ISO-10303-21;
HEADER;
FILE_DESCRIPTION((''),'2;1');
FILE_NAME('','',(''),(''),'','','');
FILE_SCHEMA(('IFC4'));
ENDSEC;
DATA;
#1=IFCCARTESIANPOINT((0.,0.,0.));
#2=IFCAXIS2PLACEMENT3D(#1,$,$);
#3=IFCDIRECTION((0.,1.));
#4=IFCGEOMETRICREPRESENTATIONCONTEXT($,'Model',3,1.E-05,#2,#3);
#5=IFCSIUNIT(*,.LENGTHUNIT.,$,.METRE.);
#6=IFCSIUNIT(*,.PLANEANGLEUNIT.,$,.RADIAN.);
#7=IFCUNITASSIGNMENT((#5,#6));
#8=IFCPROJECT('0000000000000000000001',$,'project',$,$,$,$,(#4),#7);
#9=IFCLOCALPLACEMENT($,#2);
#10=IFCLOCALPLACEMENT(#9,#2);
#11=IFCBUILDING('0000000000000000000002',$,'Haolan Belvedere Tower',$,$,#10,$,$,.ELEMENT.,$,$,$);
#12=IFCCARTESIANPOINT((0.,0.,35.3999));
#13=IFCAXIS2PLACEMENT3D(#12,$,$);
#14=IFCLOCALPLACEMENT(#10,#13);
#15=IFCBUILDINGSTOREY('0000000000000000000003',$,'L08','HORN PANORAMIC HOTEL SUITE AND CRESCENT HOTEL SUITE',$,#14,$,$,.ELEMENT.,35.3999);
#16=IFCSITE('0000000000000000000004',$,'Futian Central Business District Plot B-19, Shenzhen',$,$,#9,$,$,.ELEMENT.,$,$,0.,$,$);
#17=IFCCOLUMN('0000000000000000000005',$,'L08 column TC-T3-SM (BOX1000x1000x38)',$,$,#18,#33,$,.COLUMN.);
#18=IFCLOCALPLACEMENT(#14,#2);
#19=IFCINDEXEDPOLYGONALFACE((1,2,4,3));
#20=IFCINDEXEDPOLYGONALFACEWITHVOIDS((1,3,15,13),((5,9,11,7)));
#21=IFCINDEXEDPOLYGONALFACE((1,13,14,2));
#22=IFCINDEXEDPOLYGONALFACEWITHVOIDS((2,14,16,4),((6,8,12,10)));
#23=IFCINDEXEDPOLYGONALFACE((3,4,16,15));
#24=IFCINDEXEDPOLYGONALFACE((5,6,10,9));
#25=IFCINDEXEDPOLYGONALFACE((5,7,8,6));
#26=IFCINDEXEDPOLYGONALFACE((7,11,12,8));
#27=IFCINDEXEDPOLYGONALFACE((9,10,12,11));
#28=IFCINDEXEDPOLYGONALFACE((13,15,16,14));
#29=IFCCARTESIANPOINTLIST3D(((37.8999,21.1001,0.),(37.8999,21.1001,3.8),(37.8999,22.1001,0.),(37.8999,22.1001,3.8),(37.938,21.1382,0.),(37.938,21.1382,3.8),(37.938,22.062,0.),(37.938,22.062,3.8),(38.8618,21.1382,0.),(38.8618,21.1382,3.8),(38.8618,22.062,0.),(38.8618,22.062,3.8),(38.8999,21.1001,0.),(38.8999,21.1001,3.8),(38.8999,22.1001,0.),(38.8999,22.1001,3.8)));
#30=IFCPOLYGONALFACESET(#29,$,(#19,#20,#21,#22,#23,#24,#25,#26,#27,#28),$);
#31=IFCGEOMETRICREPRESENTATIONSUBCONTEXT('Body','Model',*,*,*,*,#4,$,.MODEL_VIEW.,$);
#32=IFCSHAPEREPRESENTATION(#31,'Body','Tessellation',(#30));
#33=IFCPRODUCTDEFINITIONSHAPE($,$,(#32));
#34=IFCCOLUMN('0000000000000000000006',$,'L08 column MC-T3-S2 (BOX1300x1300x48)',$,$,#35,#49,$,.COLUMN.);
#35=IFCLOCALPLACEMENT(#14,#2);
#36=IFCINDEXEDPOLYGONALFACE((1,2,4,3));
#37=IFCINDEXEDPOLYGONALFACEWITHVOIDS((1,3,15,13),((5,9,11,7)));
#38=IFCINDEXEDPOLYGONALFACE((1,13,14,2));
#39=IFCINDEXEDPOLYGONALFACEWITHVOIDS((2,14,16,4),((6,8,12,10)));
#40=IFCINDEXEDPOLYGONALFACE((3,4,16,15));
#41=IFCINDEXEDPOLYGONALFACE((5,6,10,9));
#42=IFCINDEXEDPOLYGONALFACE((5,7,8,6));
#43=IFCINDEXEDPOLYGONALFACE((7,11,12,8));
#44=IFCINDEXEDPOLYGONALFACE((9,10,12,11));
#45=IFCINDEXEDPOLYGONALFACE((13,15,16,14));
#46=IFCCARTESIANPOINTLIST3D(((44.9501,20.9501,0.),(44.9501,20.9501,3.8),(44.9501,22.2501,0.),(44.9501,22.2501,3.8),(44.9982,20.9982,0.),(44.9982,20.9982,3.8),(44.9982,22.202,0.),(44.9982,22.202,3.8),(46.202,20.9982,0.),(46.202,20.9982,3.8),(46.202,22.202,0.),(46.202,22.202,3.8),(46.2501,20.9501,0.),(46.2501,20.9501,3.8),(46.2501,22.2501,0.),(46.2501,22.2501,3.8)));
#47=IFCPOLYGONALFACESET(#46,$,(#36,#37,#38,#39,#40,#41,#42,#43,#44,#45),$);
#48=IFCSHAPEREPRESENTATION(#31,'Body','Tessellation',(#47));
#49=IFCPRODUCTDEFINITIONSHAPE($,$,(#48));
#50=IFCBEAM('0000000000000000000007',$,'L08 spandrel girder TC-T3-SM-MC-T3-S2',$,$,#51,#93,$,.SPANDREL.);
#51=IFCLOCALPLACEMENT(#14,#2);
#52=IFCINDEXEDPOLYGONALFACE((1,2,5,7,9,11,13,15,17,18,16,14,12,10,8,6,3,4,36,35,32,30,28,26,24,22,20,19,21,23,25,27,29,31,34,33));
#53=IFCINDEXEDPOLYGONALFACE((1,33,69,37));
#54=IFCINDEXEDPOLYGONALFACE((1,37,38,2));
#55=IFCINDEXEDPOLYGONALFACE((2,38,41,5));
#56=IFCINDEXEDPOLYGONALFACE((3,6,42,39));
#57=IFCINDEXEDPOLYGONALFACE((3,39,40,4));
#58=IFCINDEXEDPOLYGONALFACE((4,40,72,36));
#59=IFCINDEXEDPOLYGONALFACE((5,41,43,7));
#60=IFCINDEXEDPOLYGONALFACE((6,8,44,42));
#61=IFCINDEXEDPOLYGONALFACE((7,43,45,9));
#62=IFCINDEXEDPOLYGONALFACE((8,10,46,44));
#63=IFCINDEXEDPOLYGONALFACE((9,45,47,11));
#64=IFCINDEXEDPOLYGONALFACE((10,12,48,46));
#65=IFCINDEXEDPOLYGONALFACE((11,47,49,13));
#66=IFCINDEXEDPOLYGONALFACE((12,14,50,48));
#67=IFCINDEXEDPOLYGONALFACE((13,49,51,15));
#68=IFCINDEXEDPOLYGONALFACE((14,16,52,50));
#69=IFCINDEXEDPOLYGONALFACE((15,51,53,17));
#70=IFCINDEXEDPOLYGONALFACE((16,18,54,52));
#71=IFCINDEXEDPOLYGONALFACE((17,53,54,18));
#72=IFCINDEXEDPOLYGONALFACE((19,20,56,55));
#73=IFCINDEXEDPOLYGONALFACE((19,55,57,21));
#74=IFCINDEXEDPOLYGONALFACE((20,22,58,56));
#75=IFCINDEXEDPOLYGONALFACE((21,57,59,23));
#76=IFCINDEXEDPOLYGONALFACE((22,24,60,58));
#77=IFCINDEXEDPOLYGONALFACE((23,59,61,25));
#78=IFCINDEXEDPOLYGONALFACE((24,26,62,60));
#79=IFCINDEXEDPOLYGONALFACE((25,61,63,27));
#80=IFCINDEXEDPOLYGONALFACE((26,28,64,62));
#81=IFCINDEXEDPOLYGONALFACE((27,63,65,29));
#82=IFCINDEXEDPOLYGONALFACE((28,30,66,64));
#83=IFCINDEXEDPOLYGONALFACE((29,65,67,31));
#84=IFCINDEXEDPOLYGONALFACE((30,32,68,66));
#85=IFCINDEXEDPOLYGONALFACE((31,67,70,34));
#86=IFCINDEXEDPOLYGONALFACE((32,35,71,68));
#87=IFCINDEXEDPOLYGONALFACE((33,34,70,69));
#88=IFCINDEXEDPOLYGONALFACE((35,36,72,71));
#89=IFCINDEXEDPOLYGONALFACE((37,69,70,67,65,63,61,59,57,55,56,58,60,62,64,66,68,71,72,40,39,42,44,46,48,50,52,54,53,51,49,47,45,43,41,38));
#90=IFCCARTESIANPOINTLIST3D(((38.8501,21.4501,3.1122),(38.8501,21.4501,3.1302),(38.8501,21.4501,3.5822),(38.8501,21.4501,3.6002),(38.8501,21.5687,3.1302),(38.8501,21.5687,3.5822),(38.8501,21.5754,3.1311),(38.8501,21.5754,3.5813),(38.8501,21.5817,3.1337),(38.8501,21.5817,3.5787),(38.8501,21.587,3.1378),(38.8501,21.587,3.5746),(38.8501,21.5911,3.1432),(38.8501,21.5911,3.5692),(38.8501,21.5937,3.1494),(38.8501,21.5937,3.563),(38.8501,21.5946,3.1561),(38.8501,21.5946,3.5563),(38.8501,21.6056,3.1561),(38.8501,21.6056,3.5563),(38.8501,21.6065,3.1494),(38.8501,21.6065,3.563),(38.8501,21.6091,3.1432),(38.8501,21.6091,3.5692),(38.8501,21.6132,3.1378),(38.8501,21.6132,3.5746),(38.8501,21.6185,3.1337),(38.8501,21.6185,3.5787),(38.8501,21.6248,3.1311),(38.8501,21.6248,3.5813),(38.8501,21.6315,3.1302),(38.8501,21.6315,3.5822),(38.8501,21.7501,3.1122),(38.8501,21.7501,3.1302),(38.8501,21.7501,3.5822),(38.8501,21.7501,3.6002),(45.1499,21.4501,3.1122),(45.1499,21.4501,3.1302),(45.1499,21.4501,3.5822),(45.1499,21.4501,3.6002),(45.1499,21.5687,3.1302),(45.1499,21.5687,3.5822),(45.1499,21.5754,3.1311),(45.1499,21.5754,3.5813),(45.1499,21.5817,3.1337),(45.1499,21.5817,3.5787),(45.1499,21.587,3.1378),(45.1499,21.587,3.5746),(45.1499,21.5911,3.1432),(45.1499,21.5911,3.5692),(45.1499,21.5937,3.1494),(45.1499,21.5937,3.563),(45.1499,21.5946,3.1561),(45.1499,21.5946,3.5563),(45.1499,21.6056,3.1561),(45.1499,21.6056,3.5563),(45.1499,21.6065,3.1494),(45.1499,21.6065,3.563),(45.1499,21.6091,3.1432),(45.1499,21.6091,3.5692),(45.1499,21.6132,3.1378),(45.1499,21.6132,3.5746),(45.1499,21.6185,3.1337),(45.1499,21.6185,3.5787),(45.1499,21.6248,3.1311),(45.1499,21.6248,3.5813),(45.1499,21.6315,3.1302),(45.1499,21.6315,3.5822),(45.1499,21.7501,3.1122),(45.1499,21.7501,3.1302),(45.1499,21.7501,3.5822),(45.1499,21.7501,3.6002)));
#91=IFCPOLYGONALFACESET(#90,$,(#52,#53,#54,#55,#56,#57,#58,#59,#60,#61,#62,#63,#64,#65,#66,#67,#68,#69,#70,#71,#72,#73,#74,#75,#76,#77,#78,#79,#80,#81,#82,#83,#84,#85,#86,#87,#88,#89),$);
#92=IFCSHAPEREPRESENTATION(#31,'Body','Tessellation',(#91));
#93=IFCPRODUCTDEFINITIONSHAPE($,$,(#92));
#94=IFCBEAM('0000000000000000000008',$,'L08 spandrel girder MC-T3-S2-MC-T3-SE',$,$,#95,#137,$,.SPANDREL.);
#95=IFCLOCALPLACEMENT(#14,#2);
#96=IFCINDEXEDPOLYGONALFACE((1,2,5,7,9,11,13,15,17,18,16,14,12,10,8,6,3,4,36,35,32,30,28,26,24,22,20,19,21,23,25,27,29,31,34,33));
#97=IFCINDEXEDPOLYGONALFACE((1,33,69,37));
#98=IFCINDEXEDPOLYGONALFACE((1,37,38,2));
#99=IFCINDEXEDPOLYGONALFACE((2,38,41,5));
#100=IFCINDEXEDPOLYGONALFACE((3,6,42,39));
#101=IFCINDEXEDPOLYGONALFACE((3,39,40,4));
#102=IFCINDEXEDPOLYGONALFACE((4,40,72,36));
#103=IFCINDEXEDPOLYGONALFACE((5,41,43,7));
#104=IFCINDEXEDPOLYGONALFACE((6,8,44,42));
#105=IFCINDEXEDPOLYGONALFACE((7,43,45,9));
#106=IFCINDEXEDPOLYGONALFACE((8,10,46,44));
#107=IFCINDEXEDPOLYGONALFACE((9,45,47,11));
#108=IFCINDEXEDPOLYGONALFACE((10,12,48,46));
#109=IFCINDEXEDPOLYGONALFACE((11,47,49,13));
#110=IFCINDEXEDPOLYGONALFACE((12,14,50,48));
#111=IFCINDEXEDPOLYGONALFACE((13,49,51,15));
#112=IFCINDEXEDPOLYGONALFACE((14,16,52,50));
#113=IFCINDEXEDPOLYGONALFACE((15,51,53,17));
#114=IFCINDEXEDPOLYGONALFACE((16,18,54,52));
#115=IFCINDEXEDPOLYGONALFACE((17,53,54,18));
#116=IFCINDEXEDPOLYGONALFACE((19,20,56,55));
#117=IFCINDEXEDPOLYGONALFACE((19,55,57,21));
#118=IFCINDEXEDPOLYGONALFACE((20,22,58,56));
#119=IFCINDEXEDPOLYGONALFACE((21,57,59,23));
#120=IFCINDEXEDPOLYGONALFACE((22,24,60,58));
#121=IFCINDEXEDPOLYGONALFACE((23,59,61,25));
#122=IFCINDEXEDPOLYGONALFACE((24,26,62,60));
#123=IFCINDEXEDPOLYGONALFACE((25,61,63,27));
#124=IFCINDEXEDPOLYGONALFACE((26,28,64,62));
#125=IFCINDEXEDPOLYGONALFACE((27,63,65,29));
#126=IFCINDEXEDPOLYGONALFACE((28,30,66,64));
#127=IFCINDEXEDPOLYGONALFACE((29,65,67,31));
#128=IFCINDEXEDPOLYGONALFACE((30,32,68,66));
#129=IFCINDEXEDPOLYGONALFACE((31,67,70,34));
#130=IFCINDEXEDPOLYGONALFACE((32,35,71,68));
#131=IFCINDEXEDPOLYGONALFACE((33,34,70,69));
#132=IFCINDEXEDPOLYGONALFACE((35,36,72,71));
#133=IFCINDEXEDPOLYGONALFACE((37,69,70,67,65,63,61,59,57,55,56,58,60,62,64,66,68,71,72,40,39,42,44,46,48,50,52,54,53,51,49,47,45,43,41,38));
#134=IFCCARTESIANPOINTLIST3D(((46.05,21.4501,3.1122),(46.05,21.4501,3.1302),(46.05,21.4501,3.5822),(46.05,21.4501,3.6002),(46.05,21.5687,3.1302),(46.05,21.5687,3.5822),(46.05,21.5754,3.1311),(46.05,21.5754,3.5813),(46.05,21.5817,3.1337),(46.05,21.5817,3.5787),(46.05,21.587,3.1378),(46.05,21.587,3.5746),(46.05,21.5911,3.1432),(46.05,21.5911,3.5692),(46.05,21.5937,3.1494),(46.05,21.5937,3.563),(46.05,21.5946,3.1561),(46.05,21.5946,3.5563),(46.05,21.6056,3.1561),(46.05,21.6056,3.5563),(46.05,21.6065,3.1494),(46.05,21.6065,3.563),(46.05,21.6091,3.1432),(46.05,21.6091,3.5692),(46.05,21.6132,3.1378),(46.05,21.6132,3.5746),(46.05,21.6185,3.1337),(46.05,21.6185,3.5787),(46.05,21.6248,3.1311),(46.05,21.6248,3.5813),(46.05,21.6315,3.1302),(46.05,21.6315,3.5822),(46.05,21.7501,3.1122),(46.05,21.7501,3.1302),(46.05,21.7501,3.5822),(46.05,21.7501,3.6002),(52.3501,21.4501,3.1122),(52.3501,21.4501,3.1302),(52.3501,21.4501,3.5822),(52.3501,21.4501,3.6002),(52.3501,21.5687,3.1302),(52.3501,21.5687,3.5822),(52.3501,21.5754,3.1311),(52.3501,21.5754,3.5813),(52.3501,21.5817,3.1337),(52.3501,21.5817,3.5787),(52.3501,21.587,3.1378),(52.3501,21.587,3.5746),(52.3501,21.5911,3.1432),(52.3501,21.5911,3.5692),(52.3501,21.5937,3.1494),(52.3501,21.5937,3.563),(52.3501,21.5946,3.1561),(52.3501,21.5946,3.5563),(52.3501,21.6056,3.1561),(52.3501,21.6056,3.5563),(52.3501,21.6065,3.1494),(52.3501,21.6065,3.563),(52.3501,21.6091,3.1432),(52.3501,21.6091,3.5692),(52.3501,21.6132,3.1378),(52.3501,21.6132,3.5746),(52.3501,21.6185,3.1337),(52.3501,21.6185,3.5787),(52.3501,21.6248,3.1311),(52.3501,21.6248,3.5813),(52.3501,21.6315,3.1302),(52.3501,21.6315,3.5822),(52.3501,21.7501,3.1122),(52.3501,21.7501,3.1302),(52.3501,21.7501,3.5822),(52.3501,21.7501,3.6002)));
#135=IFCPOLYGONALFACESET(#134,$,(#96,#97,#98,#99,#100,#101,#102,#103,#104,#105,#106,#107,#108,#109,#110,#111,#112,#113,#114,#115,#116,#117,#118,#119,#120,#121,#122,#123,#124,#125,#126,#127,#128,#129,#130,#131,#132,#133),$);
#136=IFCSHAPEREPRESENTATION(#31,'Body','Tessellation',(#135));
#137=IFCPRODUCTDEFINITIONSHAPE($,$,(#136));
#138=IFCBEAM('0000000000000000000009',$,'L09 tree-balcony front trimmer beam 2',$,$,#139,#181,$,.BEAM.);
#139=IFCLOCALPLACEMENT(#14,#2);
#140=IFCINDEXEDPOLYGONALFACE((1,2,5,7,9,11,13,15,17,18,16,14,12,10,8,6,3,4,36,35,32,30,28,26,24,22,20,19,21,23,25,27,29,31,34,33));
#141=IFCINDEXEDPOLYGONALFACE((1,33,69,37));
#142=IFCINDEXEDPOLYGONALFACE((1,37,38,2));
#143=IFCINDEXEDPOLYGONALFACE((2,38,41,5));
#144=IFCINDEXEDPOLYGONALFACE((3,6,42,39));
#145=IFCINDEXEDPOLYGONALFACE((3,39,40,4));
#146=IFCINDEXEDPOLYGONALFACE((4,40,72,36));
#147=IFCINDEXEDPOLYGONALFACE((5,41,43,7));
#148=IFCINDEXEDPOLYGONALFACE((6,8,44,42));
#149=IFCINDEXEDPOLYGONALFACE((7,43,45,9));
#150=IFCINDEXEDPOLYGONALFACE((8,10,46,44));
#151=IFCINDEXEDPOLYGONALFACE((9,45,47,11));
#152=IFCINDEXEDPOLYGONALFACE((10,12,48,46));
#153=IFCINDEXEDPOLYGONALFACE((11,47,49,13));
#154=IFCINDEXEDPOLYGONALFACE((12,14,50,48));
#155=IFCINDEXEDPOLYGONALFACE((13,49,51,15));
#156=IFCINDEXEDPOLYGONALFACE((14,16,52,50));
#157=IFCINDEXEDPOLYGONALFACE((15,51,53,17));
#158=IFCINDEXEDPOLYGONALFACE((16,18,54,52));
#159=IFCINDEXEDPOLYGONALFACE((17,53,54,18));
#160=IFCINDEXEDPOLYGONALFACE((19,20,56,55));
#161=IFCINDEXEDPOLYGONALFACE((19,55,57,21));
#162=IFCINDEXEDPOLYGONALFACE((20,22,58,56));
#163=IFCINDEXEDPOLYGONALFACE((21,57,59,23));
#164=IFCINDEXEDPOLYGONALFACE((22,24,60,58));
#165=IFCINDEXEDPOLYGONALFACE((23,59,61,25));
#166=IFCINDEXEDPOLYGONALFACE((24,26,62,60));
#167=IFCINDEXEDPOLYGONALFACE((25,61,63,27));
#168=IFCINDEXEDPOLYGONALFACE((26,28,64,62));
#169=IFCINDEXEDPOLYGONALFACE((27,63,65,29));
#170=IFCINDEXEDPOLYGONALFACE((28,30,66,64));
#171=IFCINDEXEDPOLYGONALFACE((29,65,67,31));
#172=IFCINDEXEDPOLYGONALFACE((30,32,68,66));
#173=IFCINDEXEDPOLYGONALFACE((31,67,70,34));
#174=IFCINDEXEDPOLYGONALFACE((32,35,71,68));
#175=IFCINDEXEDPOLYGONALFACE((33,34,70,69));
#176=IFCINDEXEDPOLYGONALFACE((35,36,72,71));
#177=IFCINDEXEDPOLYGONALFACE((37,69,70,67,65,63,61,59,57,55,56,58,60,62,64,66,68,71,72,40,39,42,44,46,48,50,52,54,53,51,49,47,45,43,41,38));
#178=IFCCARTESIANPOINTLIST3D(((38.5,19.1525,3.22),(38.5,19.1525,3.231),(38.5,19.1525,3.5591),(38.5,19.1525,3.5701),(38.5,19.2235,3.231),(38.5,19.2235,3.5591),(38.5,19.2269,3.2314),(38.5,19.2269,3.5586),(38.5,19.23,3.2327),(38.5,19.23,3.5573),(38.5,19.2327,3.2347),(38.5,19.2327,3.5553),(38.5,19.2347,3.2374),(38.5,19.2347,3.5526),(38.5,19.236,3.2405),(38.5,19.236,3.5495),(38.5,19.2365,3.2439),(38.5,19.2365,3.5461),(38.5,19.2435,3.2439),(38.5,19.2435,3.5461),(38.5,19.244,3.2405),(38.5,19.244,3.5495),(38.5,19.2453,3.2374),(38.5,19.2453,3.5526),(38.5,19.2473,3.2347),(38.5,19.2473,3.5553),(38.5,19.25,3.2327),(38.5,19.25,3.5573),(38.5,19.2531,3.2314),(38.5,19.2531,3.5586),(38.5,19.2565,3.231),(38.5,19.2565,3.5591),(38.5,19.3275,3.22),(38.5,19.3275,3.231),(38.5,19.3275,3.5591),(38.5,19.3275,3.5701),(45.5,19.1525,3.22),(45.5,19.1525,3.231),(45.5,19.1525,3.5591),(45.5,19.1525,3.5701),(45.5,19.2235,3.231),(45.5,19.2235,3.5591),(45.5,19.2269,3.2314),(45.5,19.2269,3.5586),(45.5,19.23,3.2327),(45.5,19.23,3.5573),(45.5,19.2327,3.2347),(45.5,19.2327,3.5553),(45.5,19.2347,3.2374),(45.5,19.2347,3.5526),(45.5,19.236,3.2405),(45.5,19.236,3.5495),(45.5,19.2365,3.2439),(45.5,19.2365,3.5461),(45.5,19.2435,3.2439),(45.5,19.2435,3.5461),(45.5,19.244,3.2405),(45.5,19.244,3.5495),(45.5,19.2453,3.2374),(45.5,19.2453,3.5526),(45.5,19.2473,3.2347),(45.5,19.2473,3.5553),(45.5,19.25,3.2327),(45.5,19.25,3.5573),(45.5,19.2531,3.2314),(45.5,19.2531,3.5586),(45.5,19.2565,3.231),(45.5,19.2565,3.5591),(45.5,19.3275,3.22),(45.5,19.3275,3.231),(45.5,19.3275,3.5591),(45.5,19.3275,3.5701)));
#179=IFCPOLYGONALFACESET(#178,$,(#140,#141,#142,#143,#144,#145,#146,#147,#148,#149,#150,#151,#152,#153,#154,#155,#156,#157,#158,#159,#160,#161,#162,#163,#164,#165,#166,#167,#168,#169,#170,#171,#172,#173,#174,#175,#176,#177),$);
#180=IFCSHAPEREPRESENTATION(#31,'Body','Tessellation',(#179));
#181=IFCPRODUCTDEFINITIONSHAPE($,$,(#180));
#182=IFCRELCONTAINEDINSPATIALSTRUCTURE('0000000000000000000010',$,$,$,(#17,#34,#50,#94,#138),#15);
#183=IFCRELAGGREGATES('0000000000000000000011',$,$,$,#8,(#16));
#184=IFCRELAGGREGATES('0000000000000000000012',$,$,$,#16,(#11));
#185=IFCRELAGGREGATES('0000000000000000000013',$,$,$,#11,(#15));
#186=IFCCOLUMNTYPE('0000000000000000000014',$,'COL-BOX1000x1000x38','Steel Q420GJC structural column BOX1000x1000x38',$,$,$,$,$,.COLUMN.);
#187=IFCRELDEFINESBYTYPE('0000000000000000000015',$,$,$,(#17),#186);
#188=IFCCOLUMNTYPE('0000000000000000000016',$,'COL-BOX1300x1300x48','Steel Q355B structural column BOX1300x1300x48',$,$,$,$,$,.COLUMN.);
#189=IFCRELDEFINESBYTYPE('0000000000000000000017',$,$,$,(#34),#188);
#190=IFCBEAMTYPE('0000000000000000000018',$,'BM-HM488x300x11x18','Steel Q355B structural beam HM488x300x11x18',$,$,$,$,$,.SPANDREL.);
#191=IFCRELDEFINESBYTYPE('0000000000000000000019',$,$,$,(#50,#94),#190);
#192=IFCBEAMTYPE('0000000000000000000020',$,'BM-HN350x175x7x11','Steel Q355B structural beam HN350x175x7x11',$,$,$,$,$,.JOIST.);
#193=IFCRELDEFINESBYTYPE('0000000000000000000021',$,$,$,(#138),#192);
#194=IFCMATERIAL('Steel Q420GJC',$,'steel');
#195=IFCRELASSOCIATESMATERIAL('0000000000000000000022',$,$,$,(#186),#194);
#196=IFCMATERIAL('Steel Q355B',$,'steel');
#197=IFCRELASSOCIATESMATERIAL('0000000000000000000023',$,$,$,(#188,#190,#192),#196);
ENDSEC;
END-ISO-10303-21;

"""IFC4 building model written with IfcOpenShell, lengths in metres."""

from ifc_helpers import new_model, si_unit, direction, frame, origin, origin_2d, place, context, subcontext, project, spatial, hollow_rectangle, i_section, extrude, material, material_profile, profile_set, type_object, element, save


model = new_model("IFC4")

# Units and contexts
model_context = context("Model", 3, precision=1e-05, world=origin(), true_north=direction((0.0, 1.0)))
body_context = subcontext(model_context, "Body", "Model", "MODEL_VIEW")
ifc_project = project(units=[si_unit("LENGTHUNIT", "METRE"), si_unit("PLANEANGLEUNIT", "RADIAN")], contexts=[model_context])

# Site, building, storey
site_placement = place(None, origin())
site = spatial("IfcSite", under=ifc_project, at=site_placement, Name="Futian Central Business District Plot B-19, Shenzhen", CompositionType="ELEMENT", RefElevation=0.0)
building_placement = place(site_placement, origin())
building = spatial("IfcBuilding", under=site, at=building_placement, Name="Haolan Belvedere Tower", CompositionType="ELEMENT")
storey_placement = place(building_placement, frame((0.0, 0.0, 35.3999)))
storey = spatial("IfcBuildingStorey", under=building, at=storey_placement, Name="L08", Description="HORN PANORAMIC HOTEL SUITE AND CRESCENT HOTEL SUITE", CompositionType="ELEMENT", Elevation=35.3999)

# Columns
ifc_material_1 = material(Name="Steel Q420GJC", Category="steel")
ifc_material_profile_1 = material_profile(ifc_material_1, hollow_rectangle(XDim=1.0, YDim=1.0, WallThickness=0.0381, at=origin_2d()), Name="Steel Q420GJC")
ifc_profile_set_1 = profile_set([ifc_material_profile_1], Name="Steel Q420GJC")
column_type_1 = type_object("IfcColumnType", Name="COL-BOX1000x1000x38", Description="Steel Q420GJC structural column BOX1000x1000x38", PredefinedType="COLUMN", material=ifc_profile_set_1)
column_1_placement = place(storey_placement, frame((38.3999, 21.6001, 0.0), z_axis=(0.0, 0.0, 1.0), x_axis=(1.0, 0.0, 0.0)))
element("IfcColumn", 1, at=column_1_placement, inside=storey, type_object=column_type_1, Name="L08 column TC-T3-SM (BOX1000x1000x38)", PredefinedType="COLUMN", context=body_context, shape_type="SweptSolid", body=[
    extrude(hollow_rectangle(XDim=1.0, YDim=1.0, WallThickness=0.0381, at=origin_2d()), origin(), (0.0, 0.0, 1.0), 3.8),
])
ifc_material_2 = material(Name="Steel Q355B", Category="steel")
ifc_material_profile_2 = material_profile(ifc_material_2, hollow_rectangle(XDim=1.3, YDim=1.3, WallThickness=0.0481, at=origin_2d()), Name="Steel Q355B")
ifc_profile_set_2 = profile_set([ifc_material_profile_2], Name="Steel Q355B")
column_type_2 = type_object("IfcColumnType", Name="COL-BOX1300x1300x48", Description="Steel Q355B structural column BOX1300x1300x48", PredefinedType="COLUMN", material=ifc_profile_set_2)
column_2_placement = place(storey_placement, frame((45.6001, 21.6001, 0.0), z_axis=(0.0, 0.0, 1.0), x_axis=(1.0, 0.0, 0.0)))
element("IfcColumn", 2, at=column_2_placement, inside=storey, type_object=column_type_2, Name="L08 column MC-T3-S2 (BOX1300x1300x48)", PredefinedType="COLUMN", context=body_context, shape_type="SweptSolid", body=[
    extrude(hollow_rectangle(XDim=1.3, YDim=1.3, WallThickness=0.0481, at=origin_2d()), origin(), (0.0, 0.0, 1.0), 3.8),
])

# Beams
ifc_material_profile_3 = material_profile(ifc_material_2, i_section(OverallWidth=0.3, OverallDepth=0.488, WebThickness=0.011, FlangeThickness=0.0181, FilletRadius=0.0259, at=origin_2d()), Name="Steel Q355B")
ifc_profile_set_3 = profile_set([ifc_material_profile_3], Name="Steel Q355B")
beam_type_1 = type_object("IfcBeamType", Name="BM-HM488x300x11x18", Description="Steel Q355B structural beam HM488x300x11x18", PredefinedType="SPANDREL", material=ifc_profile_set_3)
beam_1_placement = place(storey_placement, frame((38.8501, 21.6001, 3.3562), z_axis=(1.0, 0.0, 0.0), x_axis=(0.0, 1.0, 0.0)))
element("IfcBeam", 3, at=beam_1_placement, inside=storey, type_object=beam_type_1, Name="L08 spandrel girder TC-T3-SM-MC-T3-S2", PredefinedType="SPANDREL", context=body_context, shape_type="SweptSolid", body=[
    extrude(i_section(OverallWidth=0.3, OverallDepth=0.488, WebThickness=0.011, FlangeThickness=0.0181, FilletRadius=0.0259, at=origin_2d()), origin(), (0.0, 0.0, 1.0), 6.2998),
])
beam_2_placement = place(storey_placement, frame((46.05, 21.6001, 3.3562), z_axis=(1.0, 0.0, 0.0), x_axis=(0.0, 1.0, 0.0)))
element("IfcBeam", 4, at=beam_2_placement, inside=storey, type_object=beam_type_1, Name="L08 spandrel girder MC-T3-S2-MC-T3-SE", PredefinedType="SPANDREL", context=body_context, shape_type="SweptSolid", body=[
    extrude(i_section(OverallWidth=0.3, OverallDepth=0.488, WebThickness=0.011, FlangeThickness=0.0181, FilletRadius=0.0259, at=origin_2d()), origin(), (0.0, 0.0, 1.0), 6.3),
])
ifc_material_profile_4 = material_profile(ifc_material_2, i_section(OverallWidth=0.175, OverallDepth=0.3501, WebThickness=0.0071, FlangeThickness=0.011, FilletRadius=0.0129, at=origin_2d()), Name="Steel Q355B")
ifc_profile_set_4 = profile_set([ifc_material_profile_4], Name="Steel Q355B")
beam_type_2 = type_object("IfcBeamType", Name="BM-HN350x175x7x11", Description="Steel Q355B structural beam HN350x175x7x11", PredefinedType="JOIST", material=ifc_profile_set_4)
beam_3_placement = place(storey_placement, frame((38.5, 19.24, 3.395), z_axis=(1.0, 0.0, 0.0), x_axis=(0.0, 1.0, 0.0)))
element("IfcBeam", 5, at=beam_3_placement, inside=storey, type_object=beam_type_2, Name="L09 tree-balcony front trimmer beam 2", PredefinedType="BEAM", context=body_context, shape_type="SweptSolid", body=[
    extrude(i_section(OverallWidth=0.175, OverallDepth=0.3501, WebThickness=0.0071, FlangeThickness=0.011, FilletRadius=0.0129, at=origin_2d()), origin(), (0.0, 0.0, 1.0), 7.0),
])

save(model, "model.ifc")
